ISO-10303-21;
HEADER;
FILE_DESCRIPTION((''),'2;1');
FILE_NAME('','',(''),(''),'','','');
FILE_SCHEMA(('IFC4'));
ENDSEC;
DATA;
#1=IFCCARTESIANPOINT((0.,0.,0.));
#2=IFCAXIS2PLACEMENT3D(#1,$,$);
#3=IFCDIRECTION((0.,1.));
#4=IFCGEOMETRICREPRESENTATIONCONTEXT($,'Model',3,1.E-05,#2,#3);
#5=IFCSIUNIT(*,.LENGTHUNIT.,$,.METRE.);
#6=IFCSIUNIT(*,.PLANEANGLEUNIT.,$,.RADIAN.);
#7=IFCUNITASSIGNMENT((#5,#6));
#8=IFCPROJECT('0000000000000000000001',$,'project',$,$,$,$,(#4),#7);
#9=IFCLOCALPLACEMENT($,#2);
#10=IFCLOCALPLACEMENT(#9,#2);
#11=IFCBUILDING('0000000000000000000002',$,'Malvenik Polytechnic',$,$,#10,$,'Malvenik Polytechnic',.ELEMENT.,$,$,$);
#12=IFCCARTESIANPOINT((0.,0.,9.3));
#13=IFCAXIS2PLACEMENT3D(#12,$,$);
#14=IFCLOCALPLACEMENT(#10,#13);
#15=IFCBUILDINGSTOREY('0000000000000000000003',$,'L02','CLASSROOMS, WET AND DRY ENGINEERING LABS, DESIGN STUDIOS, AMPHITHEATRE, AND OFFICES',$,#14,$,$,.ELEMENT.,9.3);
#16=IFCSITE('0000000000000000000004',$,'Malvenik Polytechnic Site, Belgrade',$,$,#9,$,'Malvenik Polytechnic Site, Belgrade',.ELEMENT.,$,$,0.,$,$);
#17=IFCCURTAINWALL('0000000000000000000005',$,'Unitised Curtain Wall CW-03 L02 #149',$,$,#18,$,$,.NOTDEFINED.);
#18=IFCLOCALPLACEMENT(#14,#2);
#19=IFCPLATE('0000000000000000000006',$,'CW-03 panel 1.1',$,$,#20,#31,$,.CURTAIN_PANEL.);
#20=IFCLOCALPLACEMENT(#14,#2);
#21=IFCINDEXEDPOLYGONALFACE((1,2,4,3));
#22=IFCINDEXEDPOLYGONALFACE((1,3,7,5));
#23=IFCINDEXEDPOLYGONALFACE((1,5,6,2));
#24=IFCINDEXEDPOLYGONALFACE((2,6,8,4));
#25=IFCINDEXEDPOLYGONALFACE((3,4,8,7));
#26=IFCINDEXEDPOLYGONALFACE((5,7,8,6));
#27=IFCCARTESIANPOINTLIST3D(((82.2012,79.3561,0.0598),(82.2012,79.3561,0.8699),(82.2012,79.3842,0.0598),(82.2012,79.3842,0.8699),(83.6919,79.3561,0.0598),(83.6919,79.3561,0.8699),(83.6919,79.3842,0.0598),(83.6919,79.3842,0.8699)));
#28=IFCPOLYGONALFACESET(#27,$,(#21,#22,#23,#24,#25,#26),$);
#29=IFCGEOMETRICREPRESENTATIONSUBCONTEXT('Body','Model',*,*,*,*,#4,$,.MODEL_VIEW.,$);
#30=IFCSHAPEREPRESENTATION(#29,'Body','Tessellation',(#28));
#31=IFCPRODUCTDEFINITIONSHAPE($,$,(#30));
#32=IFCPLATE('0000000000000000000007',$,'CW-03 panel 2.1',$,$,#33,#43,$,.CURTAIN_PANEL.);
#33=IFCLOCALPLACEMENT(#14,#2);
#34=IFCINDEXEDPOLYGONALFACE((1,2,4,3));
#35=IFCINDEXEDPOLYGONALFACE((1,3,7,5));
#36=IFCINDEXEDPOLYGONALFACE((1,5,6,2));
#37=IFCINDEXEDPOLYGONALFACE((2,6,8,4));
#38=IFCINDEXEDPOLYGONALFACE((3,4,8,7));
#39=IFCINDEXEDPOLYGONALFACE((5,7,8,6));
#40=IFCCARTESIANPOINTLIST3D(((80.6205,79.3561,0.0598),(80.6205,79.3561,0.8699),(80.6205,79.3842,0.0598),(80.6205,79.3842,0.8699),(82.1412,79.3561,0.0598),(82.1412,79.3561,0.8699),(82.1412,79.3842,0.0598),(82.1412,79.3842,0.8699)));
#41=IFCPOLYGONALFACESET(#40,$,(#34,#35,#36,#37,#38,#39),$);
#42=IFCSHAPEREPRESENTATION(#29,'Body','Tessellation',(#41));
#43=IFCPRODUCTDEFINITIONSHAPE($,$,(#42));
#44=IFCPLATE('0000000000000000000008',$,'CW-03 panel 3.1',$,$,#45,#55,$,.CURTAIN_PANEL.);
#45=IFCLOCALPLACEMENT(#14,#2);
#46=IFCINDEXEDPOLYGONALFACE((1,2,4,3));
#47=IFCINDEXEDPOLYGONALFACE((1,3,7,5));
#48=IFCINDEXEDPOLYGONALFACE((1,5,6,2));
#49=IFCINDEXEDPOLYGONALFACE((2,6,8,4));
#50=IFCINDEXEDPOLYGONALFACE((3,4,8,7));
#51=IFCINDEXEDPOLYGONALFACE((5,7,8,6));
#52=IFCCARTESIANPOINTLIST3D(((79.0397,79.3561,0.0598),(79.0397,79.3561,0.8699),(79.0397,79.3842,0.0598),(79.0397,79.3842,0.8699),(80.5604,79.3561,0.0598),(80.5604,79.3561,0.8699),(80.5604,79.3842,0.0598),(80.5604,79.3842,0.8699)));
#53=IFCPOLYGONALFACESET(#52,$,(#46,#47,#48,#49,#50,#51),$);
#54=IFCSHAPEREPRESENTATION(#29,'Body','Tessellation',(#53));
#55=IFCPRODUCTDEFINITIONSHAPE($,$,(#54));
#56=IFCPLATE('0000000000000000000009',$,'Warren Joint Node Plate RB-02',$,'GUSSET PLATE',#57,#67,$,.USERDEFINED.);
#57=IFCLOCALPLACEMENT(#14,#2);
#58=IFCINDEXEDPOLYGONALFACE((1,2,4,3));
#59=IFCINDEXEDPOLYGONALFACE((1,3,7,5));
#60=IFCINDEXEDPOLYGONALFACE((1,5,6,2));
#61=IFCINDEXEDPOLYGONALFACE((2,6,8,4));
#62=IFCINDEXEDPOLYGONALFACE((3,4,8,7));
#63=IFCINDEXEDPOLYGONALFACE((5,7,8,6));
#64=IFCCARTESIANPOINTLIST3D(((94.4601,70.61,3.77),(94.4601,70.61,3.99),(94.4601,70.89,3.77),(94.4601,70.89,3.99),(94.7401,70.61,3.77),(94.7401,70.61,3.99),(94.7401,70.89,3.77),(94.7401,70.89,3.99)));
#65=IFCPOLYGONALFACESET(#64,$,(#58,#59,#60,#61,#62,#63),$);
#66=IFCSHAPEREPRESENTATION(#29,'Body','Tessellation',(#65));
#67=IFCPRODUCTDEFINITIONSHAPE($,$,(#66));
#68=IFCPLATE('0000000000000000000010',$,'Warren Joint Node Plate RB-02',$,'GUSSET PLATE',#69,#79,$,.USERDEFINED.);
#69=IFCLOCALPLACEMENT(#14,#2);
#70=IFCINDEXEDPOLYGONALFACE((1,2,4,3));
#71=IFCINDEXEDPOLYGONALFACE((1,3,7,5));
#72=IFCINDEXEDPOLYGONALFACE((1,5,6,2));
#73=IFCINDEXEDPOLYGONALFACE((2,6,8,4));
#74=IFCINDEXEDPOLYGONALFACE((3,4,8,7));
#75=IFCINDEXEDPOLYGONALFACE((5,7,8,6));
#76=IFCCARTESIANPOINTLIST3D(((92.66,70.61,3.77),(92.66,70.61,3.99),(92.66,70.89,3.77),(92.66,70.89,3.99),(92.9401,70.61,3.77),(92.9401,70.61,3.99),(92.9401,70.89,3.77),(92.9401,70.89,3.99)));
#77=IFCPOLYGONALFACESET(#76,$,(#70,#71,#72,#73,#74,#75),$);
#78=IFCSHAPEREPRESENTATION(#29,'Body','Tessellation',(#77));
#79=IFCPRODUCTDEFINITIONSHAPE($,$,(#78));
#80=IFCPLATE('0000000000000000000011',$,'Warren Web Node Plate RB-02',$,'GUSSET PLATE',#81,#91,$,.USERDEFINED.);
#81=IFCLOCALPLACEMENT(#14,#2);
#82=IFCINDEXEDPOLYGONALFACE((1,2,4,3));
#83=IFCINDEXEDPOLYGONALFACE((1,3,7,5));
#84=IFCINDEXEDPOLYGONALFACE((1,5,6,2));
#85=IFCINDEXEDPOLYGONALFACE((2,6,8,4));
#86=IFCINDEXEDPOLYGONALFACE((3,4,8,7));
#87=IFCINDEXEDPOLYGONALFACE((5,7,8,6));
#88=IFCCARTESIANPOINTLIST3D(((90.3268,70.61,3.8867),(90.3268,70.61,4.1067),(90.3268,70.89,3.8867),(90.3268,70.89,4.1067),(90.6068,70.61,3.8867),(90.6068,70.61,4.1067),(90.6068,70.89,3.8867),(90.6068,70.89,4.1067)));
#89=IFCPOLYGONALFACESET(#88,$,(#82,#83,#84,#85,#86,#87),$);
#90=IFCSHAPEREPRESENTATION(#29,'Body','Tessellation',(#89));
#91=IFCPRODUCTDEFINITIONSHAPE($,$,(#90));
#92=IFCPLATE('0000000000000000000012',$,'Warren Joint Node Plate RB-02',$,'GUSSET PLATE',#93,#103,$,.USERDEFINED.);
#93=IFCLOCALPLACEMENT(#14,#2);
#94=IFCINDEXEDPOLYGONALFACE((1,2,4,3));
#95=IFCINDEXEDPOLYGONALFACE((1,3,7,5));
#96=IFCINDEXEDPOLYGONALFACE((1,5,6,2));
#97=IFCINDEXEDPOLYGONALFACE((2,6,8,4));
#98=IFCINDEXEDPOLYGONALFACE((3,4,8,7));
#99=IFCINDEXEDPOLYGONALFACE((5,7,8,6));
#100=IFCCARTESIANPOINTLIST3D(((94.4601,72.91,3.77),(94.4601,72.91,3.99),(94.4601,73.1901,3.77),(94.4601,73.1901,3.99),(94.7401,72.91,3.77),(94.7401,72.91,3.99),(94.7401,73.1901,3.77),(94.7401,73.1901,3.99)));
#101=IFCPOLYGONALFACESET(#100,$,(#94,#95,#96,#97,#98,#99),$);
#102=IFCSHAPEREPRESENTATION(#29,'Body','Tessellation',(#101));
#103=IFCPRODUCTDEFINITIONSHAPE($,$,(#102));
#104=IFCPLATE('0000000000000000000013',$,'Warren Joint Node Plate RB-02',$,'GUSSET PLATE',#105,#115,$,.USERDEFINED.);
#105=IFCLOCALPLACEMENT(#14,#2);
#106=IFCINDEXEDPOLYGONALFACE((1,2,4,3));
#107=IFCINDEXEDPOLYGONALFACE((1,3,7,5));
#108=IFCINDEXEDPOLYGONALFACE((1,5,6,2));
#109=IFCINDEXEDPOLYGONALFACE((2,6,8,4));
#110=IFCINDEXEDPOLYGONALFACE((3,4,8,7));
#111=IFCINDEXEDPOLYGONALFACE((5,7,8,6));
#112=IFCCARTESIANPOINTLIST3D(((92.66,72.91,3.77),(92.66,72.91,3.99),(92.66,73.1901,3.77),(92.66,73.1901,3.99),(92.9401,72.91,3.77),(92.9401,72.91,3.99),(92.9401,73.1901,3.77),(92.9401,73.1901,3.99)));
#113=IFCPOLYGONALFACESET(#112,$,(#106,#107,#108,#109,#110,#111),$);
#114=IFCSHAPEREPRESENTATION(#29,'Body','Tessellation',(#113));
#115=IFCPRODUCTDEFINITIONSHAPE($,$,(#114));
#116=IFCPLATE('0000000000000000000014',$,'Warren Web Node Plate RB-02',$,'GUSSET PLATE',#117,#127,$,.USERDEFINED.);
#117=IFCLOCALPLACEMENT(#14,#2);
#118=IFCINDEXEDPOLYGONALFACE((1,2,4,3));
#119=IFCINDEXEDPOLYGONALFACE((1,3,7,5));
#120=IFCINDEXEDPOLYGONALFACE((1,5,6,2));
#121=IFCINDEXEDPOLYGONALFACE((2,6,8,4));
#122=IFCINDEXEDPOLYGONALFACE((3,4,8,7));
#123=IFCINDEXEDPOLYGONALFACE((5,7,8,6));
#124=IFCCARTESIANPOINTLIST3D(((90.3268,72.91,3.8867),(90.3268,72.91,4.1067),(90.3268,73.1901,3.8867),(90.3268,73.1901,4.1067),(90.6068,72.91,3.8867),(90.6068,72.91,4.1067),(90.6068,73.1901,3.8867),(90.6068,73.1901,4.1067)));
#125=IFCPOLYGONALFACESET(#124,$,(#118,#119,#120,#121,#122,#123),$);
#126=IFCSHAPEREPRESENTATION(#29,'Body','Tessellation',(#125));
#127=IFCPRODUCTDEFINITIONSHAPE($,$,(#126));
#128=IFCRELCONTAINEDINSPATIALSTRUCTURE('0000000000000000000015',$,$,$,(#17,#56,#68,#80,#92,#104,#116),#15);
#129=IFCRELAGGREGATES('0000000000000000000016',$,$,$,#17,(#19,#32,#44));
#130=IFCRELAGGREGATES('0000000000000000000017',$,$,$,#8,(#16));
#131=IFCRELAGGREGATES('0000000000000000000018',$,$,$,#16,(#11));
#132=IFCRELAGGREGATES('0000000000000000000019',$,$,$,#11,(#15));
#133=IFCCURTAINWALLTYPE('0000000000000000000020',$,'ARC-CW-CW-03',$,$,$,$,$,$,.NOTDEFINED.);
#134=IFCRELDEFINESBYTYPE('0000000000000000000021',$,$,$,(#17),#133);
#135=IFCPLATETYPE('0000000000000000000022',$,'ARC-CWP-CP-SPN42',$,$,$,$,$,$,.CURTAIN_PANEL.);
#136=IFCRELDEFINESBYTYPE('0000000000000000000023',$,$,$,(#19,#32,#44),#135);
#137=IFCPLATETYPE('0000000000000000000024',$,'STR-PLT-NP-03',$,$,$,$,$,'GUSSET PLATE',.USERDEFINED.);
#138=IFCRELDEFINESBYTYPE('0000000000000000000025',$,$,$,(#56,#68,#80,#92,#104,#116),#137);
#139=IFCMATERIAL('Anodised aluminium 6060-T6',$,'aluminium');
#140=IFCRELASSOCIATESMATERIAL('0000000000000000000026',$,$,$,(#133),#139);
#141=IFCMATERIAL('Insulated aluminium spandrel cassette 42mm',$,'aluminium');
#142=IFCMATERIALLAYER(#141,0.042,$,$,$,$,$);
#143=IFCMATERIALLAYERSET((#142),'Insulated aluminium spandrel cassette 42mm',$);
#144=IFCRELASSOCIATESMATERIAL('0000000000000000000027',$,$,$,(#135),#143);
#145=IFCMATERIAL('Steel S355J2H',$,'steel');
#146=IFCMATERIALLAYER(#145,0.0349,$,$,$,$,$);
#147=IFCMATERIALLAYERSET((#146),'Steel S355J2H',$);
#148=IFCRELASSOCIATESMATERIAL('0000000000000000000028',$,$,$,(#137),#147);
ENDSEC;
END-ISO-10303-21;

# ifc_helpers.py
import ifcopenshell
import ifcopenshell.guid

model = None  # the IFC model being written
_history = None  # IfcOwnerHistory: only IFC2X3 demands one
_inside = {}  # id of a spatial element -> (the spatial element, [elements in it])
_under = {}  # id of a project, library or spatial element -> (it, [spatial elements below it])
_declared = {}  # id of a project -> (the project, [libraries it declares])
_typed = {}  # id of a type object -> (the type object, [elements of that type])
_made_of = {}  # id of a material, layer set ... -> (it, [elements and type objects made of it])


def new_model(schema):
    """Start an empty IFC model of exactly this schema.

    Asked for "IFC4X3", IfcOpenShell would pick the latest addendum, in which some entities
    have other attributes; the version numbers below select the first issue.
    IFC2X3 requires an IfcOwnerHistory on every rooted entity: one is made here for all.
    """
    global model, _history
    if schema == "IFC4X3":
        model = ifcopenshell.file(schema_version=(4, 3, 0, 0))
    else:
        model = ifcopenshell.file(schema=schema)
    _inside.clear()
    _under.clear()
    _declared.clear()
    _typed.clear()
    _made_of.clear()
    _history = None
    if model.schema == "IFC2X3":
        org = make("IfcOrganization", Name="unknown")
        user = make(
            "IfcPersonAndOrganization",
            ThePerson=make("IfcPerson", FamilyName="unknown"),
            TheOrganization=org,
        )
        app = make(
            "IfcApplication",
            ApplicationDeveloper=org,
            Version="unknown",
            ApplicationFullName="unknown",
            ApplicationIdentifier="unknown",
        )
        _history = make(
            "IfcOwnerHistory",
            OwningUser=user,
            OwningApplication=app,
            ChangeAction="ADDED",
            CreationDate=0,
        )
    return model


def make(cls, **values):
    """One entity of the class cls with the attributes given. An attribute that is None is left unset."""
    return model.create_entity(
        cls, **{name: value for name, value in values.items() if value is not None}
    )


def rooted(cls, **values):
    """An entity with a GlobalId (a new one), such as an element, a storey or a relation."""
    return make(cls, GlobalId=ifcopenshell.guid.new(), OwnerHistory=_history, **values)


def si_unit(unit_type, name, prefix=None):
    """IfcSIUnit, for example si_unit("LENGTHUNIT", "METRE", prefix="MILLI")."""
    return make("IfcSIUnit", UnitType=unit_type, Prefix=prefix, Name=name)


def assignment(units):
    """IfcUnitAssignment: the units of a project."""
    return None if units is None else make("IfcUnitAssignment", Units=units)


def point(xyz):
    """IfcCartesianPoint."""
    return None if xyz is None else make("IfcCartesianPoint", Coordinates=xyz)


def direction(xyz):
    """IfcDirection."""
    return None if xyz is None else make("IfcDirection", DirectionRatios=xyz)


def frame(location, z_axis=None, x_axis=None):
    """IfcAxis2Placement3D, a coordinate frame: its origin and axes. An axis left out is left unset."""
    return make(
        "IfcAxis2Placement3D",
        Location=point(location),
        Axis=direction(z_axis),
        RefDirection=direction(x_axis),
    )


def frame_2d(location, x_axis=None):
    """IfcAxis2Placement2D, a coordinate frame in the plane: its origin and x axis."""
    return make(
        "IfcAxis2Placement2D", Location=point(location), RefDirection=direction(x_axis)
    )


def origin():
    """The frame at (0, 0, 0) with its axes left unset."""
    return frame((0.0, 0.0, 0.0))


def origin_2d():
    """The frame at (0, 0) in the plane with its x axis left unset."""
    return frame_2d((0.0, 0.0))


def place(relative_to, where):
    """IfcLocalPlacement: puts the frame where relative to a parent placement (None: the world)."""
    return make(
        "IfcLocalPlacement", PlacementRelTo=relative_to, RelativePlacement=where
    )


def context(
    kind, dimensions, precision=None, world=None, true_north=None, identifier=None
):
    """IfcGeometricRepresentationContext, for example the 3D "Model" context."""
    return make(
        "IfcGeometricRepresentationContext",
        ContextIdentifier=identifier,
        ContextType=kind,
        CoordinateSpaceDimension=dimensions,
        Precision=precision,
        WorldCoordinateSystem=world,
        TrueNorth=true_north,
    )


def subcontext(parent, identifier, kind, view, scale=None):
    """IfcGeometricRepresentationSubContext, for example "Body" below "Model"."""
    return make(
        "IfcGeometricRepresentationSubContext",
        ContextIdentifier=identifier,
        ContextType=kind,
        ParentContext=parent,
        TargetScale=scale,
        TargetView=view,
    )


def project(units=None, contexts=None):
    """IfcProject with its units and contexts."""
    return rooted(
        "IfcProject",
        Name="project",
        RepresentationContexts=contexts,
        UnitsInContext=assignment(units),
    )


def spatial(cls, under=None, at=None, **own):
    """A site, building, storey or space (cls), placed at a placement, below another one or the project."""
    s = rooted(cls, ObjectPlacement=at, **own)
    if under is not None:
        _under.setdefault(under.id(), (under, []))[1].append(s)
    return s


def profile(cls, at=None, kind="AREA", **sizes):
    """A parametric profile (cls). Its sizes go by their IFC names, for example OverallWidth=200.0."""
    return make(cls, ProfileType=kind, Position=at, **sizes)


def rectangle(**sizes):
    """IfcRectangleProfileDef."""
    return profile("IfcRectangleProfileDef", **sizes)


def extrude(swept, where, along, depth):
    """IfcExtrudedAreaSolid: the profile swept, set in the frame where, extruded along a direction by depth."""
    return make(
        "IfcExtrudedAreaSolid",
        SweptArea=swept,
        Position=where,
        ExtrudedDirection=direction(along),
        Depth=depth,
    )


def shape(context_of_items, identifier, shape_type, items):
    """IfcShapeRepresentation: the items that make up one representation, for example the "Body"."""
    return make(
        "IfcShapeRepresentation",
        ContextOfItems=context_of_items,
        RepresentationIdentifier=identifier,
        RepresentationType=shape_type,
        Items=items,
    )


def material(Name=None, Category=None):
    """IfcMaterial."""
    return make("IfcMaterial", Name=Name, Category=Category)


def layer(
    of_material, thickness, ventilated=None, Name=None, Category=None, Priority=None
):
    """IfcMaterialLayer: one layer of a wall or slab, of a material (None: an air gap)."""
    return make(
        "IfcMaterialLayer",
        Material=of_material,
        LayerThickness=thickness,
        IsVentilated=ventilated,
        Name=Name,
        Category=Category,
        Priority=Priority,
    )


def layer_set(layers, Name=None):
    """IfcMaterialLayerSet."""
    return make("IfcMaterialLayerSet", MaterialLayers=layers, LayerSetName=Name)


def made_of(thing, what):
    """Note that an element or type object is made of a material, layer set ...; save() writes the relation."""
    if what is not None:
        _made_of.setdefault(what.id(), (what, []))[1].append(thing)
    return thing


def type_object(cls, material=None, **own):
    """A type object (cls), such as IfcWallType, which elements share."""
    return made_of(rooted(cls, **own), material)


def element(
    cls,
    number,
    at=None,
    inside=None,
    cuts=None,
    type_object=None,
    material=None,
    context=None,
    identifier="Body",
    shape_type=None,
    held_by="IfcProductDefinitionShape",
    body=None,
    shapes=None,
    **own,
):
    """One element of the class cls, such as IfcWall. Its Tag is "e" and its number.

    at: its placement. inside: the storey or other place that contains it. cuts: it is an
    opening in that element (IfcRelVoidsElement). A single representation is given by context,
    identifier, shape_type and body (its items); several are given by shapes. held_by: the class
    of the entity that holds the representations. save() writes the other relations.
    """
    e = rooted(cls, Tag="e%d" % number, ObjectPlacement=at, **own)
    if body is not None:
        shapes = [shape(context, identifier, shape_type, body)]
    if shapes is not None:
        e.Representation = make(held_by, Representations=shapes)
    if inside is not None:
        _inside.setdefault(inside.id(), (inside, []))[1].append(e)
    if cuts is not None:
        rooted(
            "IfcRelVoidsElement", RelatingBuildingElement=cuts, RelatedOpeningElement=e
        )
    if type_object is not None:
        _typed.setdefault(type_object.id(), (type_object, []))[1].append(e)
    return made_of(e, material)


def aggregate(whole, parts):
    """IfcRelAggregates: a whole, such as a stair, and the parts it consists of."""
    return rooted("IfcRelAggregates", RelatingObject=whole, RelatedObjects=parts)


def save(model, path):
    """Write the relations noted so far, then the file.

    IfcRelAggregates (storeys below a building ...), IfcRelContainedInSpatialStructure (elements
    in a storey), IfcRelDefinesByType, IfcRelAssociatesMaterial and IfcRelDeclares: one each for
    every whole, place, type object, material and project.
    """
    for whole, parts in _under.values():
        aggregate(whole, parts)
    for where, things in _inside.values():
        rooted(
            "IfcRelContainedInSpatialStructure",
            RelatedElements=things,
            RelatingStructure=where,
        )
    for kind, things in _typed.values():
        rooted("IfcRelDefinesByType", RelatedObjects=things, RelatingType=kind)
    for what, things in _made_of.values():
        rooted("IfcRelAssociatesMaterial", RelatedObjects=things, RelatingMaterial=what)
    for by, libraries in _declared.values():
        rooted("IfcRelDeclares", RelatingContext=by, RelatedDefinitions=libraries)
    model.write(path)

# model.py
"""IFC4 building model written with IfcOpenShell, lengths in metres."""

from ifc_helpers import new_model, si_unit, direction, frame, origin, origin_2d, place, context, subcontext, project, spatial, rectangle, extrude, material, layer, layer_set, type_object, element, aggregate, save


model = new_model("IFC4")

# Units and contexts
model_context = context("Model", 3, precision=1e-05, world=origin(), true_north=direction((0.0, 1.0)))
body_context = subcontext(model_context, "Body", "Model", "MODEL_VIEW")
ifc_project = project(units=[si_unit("LENGTHUNIT", "METRE"), si_unit("PLANEANGLEUNIT", "RADIAN")], contexts=[model_context])

# Site, building, storey
site_placement = place(None, origin())
site = spatial("IfcSite", under=ifc_project, at=site_placement, Name="Malvenik Polytechnic Site, Belgrade", LongName="Malvenik Polytechnic Site, Belgrade", CompositionType="ELEMENT", RefElevation=0.0)
building_placement = place(site_placement, origin())
building = spatial("IfcBuilding", under=site, at=building_placement, Name="Malvenik Polytechnic", LongName="Malvenik Polytechnic", CompositionType="ELEMENT")
storey_placement = place(building_placement, frame((0.0, 0.0, 9.3)))
storey = spatial("IfcBuildingStorey", under=building, at=storey_placement, Name="L02", Description="CLASSROOMS, WET AND DRY ENGINEERING LABS, DESIGN STUDIOS, AMPHITHEATRE, AND OFFICES", CompositionType="ELEMENT", Elevation=9.3)

# Shared definitions
ifc_material_1 = material(Name="Steel S355J2H", Category="steel")

# Curtain wall
ifc_material_2 = material(Name="Anodised aluminium 6060-T6", Category="aluminium")
curtain_wall_type = type_object("IfcCurtainWallType", Name="ARC-CW-CW-03", PredefinedType="NOTDEFINED", material=ifc_material_2)
curtain_wall_placement = place(storey_placement, origin())
curtain_wall = element("IfcCurtainWall", 1, at=curtain_wall_placement, inside=storey, type_object=curtain_wall_type, Name="Unitised Curtain Wall CW-03 L02 #149", PredefinedType="NOTDEFINED")

# Plates
ifc_material_3 = material(Name="Insulated aluminium spandrel cassette 42mm", Category="aluminium")
ifc_layer_1 = layer(ifc_material_3, 0.042)
ifc_layer_set_1 = layer_set([ifc_layer_1], Name="Insulated aluminium spandrel cassette 42mm")
plate_type_1 = type_object("IfcPlateType", Name="ARC-CWP-CP-SPN42", PredefinedType="CURTAIN_PANEL", material=ifc_layer_set_1)
plate_1_placement = place(storey_placement, frame((82.9465, 79.3701, 0.0598), z_axis=(0.0, 0.0, 1.0), x_axis=(-1.0, 0.0, 0.0)))
plate_1 = element("IfcPlate", 2, at=plate_1_placement, type_object=plate_type_1, Name="CW-03 panel 1.1", PredefinedType="CURTAIN_PANEL", context=body_context, shape_type="SweptSolid", body=[
    extrude(rectangle(XDim=1.4907, YDim=0.0281, at=origin_2d()), origin(), (0.0, 0.0, 1.0), 0.8101),
])
plate_2_placement = place(storey_placement, frame((81.3809, 79.3701, 0.0598), z_axis=(0.0, 0.0, 1.0), x_axis=(-1.0, 0.0, 0.0)))
plate_2 = element("IfcPlate", 3, at=plate_2_placement, type_object=plate_type_1, Name="CW-03 panel 2.1", PredefinedType="CURTAIN_PANEL", context=body_context, shape_type="SweptSolid", body=[
    extrude(rectangle(XDim=1.5208, YDim=0.0281, at=origin_2d()), origin(), (0.0, 0.0, 1.0), 0.8101),
])
plate_3_placement = place(storey_placement, frame((79.8, 79.3701, 0.0598), z_axis=(0.0, 0.0, 1.0), x_axis=(-1.0, 0.0, 0.0)))
plate_3 = element("IfcPlate", 4, at=plate_3_placement, type_object=plate_type_1, Name="CW-03 panel 3.1", PredefinedType="CURTAIN_PANEL", context=body_context, shape_type="SweptSolid", body=[
    extrude(rectangle(XDim=1.5208, YDim=0.0281, at=origin_2d()), origin(), (0.0, 0.0, 1.0), 0.8101),
])
aggregate(curtain_wall, [plate_1, plate_2, plate_3])

# Plates
ifc_layer_2 = layer(ifc_material_1, 0.0349)
ifc_layer_set_2 = layer_set([ifc_layer_2], Name="Steel S355J2H")
plate_type_2 = type_object("IfcPlateType", Name="STR-PLT-NP-03", ElementType="GUSSET PLATE", PredefinedType="USERDEFINED", material=ifc_layer_set_2)
for number, where, z_axis, x_axis, name in (
    (5, (94.6001, 70.75, 3.77), (0.0, 0.0, 1.0), (1.0, 0.0, 0.0), "Warren Joint Node Plate RB-02"),
    (6, (92.8, 70.75, 3.77), (0.0, 0.0, 1.0), (1.0, 0.0, 0.0), "Warren Joint Node Plate RB-02"),
    (7, (90.4668, 70.75, 3.8867), (0.0, 0.0, 1.0), (1.0, 0.0, 0.0), "Warren Web Node Plate RB-02"),
    (8, (94.6001, 73.05, 3.77), (0.0, 0.0, 1.0), (1.0, 0.0, 0.0), "Warren Joint Node Plate RB-02"),
    (9, (92.8, 73.05, 3.77), (0.0, 0.0, 1.0), (1.0, 0.0, 0.0), "Warren Joint Node Plate RB-02"),
    (10, (90.4668, 73.05, 3.8867), (0.0, 0.0, 1.0), (1.0, 0.0, 0.0), "Warren Web Node Plate RB-02"),
):
    element("IfcPlate", number, at=place(storey_placement, frame(where, z_axis=z_axis, x_axis=x_axis)), inside=storey, type_object=plate_type_2, Name=name, ObjectType="GUSSET PLATE", PredefinedType="USERDEFINED", context=body_context, shape_type="SweptSolid", body=[
        extrude(rectangle(XDim=0.28, YDim=0.28, at=origin_2d()), origin(), (0.0, 0.0, 1.0), 0.22),
    ])

save(model, "model.ifc")
